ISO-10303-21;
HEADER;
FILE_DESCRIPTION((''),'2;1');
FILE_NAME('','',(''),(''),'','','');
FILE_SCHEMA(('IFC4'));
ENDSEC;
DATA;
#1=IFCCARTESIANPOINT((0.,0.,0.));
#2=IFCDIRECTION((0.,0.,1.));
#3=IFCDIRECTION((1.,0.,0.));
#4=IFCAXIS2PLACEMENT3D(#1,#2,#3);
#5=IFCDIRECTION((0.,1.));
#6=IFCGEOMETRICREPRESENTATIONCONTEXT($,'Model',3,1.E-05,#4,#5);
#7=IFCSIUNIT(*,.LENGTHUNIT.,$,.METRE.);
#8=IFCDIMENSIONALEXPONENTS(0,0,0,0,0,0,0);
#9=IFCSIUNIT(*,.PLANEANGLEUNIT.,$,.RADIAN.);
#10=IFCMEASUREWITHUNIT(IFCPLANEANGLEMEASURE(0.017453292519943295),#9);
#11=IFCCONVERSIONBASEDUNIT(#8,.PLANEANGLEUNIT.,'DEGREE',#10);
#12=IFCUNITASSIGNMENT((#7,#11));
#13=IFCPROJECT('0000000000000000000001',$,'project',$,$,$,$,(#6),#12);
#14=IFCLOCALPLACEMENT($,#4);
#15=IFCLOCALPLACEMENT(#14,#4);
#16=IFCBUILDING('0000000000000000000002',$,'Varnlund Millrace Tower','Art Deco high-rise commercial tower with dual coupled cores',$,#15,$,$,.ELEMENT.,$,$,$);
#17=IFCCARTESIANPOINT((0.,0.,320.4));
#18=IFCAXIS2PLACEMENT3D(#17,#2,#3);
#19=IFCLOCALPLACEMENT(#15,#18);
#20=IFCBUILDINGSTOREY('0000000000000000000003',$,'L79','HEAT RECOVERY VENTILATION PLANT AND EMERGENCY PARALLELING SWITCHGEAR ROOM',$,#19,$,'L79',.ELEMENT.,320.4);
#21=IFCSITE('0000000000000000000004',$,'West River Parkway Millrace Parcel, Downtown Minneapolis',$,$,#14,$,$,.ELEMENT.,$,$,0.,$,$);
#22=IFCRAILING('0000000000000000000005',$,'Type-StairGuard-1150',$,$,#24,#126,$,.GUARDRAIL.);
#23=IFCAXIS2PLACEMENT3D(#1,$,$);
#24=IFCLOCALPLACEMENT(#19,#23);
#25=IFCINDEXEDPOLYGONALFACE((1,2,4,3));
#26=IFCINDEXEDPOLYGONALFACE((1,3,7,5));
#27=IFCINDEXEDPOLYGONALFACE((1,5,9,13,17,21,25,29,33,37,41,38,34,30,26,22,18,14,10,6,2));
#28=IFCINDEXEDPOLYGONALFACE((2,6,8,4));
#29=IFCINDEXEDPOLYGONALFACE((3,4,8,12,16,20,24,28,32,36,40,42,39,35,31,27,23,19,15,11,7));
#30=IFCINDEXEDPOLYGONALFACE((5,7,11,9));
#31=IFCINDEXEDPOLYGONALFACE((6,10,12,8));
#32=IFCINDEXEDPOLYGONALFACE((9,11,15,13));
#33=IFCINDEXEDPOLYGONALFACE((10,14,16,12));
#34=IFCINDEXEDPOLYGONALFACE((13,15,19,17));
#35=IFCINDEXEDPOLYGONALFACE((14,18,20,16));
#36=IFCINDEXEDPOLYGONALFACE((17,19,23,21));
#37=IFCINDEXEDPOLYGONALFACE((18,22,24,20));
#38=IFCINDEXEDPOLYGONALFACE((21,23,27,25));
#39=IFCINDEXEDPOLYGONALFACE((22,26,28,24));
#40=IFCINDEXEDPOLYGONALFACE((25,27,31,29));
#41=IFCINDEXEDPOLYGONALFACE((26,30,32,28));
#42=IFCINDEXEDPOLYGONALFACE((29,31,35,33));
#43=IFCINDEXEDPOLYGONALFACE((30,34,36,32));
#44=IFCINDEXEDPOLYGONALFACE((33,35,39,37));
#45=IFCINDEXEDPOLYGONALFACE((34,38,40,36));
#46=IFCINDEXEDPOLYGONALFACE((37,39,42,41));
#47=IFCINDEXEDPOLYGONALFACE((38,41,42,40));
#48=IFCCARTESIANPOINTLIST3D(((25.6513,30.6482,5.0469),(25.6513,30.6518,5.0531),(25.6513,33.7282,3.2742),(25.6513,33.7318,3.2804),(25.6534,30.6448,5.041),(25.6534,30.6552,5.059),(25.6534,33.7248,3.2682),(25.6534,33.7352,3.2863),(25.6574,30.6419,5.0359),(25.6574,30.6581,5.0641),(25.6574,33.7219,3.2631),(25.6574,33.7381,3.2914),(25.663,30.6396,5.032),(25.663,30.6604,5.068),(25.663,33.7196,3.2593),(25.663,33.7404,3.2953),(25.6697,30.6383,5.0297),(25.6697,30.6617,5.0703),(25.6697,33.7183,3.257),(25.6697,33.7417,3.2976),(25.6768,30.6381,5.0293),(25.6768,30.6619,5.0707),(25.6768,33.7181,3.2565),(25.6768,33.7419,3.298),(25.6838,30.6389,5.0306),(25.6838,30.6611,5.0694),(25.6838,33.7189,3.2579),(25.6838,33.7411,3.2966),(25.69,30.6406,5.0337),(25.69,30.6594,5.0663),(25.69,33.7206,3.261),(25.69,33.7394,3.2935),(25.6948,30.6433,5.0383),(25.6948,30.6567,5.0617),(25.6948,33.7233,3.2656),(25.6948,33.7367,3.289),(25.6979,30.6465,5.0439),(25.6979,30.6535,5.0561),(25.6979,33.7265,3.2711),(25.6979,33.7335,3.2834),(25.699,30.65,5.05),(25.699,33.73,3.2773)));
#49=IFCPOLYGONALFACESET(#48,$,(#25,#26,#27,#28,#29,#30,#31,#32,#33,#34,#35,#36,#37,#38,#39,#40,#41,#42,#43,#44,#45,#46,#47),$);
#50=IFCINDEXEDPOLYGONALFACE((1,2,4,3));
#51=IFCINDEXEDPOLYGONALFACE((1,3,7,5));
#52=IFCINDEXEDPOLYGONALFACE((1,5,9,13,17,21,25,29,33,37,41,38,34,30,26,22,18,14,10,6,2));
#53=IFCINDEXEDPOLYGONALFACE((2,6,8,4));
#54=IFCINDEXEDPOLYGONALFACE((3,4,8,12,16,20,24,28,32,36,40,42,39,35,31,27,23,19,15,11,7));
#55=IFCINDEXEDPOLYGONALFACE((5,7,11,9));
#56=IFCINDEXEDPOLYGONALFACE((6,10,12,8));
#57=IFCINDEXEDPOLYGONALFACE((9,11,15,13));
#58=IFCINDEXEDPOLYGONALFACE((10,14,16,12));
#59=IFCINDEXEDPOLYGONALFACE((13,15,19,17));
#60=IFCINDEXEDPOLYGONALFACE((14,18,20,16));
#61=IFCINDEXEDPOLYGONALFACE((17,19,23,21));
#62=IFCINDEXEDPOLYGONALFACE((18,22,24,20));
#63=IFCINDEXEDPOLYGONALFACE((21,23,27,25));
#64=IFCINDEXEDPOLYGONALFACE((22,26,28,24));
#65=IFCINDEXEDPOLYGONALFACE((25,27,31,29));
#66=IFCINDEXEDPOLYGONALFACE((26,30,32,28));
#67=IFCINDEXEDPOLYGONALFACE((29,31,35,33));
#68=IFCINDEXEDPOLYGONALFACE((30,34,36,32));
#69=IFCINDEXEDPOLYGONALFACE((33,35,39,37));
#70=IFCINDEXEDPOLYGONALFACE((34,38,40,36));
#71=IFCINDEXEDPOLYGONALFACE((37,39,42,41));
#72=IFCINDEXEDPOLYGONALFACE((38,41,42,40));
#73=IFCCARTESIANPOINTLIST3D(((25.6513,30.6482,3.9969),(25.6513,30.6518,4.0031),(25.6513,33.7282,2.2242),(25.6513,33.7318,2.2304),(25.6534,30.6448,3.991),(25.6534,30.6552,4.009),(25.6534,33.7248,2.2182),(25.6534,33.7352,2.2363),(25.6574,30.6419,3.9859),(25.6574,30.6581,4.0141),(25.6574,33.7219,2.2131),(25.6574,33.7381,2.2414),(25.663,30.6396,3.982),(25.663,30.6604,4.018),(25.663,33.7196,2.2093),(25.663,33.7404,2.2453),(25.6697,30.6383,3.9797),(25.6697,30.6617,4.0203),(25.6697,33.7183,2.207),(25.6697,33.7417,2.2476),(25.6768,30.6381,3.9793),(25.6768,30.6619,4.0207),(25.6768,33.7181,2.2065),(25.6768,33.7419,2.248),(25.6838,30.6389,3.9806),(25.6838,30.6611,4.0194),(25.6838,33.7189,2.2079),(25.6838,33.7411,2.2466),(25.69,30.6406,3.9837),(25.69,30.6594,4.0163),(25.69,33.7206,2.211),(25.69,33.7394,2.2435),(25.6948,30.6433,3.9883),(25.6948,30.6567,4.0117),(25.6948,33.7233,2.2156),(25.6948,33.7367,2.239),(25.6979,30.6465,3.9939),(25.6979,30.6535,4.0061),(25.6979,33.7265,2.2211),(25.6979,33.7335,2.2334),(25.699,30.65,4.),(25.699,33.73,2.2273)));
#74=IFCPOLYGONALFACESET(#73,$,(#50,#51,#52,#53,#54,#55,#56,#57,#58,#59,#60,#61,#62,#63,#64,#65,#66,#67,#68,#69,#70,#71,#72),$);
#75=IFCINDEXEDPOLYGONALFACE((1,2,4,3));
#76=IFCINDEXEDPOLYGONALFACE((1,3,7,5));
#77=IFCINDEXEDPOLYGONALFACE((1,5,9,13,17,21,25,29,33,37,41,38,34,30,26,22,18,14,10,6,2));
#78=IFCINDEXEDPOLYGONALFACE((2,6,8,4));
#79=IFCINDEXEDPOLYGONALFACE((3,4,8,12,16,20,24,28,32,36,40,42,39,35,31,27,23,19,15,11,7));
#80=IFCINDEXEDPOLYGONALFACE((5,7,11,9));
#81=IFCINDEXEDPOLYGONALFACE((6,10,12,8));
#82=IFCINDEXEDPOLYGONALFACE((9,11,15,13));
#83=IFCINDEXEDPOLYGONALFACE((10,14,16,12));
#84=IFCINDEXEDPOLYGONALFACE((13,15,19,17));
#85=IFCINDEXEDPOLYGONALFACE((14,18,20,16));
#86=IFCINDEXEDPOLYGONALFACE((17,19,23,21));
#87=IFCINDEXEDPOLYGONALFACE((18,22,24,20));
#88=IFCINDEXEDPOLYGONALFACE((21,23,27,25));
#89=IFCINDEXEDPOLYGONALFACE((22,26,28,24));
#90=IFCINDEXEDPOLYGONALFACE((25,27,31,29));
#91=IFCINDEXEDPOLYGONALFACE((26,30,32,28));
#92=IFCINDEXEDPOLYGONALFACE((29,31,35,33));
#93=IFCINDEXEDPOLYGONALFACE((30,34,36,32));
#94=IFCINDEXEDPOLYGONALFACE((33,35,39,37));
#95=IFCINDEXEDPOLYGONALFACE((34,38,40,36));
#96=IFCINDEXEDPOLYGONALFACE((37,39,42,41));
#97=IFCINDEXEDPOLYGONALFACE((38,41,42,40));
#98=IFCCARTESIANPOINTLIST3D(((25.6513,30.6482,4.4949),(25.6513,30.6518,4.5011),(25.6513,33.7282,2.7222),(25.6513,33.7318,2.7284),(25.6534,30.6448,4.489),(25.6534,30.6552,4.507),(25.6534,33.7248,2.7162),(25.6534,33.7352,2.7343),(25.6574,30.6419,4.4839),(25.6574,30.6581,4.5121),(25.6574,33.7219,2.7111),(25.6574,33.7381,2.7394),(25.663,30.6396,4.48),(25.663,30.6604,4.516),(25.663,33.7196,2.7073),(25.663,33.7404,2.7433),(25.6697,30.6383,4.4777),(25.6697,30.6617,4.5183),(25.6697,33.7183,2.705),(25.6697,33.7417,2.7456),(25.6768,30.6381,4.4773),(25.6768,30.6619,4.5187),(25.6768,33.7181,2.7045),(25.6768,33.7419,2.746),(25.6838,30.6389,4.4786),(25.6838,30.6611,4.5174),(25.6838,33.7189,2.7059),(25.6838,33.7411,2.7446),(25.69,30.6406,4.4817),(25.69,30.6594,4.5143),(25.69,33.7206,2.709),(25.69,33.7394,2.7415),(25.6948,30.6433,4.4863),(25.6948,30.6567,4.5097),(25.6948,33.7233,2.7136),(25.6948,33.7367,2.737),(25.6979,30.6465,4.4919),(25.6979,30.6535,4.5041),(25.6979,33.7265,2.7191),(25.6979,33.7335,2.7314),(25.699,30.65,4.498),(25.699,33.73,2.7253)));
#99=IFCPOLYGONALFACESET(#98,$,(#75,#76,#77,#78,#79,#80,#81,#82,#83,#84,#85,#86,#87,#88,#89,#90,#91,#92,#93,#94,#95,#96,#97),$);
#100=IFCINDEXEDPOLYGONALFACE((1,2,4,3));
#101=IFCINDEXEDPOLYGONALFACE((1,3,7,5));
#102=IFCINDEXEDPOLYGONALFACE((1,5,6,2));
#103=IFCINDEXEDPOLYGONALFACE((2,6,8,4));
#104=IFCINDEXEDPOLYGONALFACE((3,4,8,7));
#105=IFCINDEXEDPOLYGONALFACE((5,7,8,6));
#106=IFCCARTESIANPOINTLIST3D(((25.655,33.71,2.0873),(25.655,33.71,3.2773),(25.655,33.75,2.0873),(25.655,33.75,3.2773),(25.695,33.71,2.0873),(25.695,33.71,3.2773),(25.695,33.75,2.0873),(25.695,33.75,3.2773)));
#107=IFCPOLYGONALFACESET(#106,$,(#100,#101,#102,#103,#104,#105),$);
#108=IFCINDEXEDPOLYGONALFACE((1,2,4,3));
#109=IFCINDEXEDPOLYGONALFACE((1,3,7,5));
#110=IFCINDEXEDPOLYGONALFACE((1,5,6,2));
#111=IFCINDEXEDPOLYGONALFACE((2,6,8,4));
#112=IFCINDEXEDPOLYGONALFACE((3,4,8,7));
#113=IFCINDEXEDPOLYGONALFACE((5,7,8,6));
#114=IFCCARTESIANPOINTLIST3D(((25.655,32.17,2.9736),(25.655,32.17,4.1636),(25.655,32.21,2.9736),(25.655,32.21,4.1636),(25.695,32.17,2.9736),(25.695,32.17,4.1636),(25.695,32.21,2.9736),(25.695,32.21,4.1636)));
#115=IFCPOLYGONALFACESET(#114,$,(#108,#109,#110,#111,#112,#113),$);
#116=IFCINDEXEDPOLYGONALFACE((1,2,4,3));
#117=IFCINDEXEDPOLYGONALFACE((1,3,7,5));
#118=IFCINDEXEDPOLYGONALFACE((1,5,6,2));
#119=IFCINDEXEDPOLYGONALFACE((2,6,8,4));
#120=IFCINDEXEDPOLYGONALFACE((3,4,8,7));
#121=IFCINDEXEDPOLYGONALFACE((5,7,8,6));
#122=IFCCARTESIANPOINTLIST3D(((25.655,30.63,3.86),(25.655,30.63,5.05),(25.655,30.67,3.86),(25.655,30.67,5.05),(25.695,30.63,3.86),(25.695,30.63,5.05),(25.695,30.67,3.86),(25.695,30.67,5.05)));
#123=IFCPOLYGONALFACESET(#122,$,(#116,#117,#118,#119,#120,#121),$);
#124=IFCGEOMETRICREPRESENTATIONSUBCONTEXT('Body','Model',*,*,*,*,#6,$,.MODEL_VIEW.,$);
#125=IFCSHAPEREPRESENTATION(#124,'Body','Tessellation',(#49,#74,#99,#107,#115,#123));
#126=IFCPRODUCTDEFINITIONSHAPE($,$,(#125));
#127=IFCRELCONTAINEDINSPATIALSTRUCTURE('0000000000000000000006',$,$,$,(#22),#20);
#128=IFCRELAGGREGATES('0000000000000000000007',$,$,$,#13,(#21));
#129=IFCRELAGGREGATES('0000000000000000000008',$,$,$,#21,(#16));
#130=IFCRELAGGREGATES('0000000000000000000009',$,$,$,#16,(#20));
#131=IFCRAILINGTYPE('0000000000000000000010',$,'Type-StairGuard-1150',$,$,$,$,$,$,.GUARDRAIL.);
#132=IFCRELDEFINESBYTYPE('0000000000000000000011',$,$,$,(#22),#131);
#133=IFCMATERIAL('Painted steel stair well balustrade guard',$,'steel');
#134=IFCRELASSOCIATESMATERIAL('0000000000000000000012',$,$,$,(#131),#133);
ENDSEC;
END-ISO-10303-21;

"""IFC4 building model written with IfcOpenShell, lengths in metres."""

from ifc_helpers import new_model, entity, si_unit, converted_unit, direction, frame, origin_with_axes, origin_2d_with_axis, place, context, subcontext, project, spatial, rectangle, circle, extrude, material, type_object, element, save


model = new_model("IFC4")

# Units and contexts
model_context = context("Model", 3, precision=1e-05, world=origin_with_axes(), true_north=direction((0.0, 1.0)))
body_context = subcontext(model_context, "Body", "Model", "MODEL_VIEW")
ifc_project = project(units=[si_unit("LENGTHUNIT", "METRE"), converted_unit("PLANEANGLEUNIT", "DEGREE", entity("IfcPlaneAngleMeasure", 0.017453292519943295), si_unit("PLANEANGLEUNIT", "RADIAN"), dimensions=[0, 0, 0, 0, 0, 0, 0])], contexts=[model_context])

# Site, building, storey
site_placement = place(None, origin_with_axes())
site = spatial("IfcSite", under=ifc_project, at=site_placement, Name="West River Parkway Millrace Parcel, Downtown Minneapolis", CompositionType="ELEMENT", RefElevation=0.0)
building_placement = place(site_placement, origin_with_axes())
building = spatial("IfcBuilding", under=site, at=building_placement, Name="Varnlund Millrace Tower", Description="Art Deco high-rise commercial tower with dual coupled cores", CompositionType="ELEMENT")
storey_placement = place(building_placement, frame((0.0, 0.0, 320.4), z_axis=(0.0, 0.0, 1.0), x_axis=(1.0, 0.0, 0.0)))
storey = spatial("IfcBuildingStorey", under=building, at=storey_placement, Name="L79", Description="HEAT RECOVERY VENTILATION PLANT AND EMERGENCY PARALLELING SWITCHGEAR ROOM", LongName="L79", CompositionType="ELEMENT", Elevation=320.4)

# Railing
ifc_material_1 = material(Name="Painted steel stair well balustrade guard", Category="steel")
railing_type_1 = type_object("IfcRailingType", Name="Type-StairGuard-1150", PredefinedType="GUARDRAIL", material=ifc_material_1)
railing_1_placement = place(storey_placement, frame((0.0, 0.0, -320.4), z_axis=(0.0, 0.0, 1.0), x_axis=(1.0, 0.0, 0.0)))
element("IfcRailing", 1, at=railing_1_placement, inside=storey, type_object=railing_type_1, Name="Type-StairGuard-1150", PredefinedType="GUARDRAIL", context=body_context, shape_type="SweptSolid", body=[
    extrude(circle(Radius=0.024, at=origin_2d_with_axis()), frame((25.675, 33.73, 323.6773), z_axis=(0.0, -0.866696, 0.498836), x_axis=(1.0, 0.0, 0.0)), (0.0, 0.0, 1.0), 3.5537),
    extrude(circle(Radius=0.024, at=origin_2d_with_axis()), frame((25.675, 33.73, 322.6273), z_axis=(0.0, -0.866696, 0.498836), x_axis=(1.0, 0.0, 0.0)), (0.0, 0.0, 1.0), 3.5537),
    extrude(circle(Radius=0.024, at=origin_2d_with_axis()), frame((25.675, 33.73, 323.1253), z_axis=(0.0, -0.866696, 0.498836), x_axis=(1.0, 0.0, 0.0)), (0.0, 0.0, 1.0), 3.5537),
    extrude(rectangle(XDim=0.04, YDim=0.04, at=origin_2d_with_axis()), frame((25.675, 33.73, 322.4873), z_axis=(0.0, 0.0, 1.0), x_axis=(1.0, 0.0, 0.0)), (0.0, 0.0, 1.0), 1.19),
    extrude(rectangle(XDim=0.04, YDim=0.04, at=origin_2d_with_axis()), frame((25.675, 32.19, 323.3736), z_axis=(0.0, 0.0, 1.0), x_axis=(1.0, 0.0, 0.0)), (0.0, 0.0, 1.0), 1.19),
    extrude(rectangle(XDim=0.04, YDim=0.04, at=origin_2d_with_axis()), frame((25.675, 30.65, 324.26), z_axis=(0.0, 0.0, 1.0), x_axis=(1.0, 0.0, 0.0)), (0.0, 0.0, 1.0), 1.19),
])

save(model, "model.ifc")
